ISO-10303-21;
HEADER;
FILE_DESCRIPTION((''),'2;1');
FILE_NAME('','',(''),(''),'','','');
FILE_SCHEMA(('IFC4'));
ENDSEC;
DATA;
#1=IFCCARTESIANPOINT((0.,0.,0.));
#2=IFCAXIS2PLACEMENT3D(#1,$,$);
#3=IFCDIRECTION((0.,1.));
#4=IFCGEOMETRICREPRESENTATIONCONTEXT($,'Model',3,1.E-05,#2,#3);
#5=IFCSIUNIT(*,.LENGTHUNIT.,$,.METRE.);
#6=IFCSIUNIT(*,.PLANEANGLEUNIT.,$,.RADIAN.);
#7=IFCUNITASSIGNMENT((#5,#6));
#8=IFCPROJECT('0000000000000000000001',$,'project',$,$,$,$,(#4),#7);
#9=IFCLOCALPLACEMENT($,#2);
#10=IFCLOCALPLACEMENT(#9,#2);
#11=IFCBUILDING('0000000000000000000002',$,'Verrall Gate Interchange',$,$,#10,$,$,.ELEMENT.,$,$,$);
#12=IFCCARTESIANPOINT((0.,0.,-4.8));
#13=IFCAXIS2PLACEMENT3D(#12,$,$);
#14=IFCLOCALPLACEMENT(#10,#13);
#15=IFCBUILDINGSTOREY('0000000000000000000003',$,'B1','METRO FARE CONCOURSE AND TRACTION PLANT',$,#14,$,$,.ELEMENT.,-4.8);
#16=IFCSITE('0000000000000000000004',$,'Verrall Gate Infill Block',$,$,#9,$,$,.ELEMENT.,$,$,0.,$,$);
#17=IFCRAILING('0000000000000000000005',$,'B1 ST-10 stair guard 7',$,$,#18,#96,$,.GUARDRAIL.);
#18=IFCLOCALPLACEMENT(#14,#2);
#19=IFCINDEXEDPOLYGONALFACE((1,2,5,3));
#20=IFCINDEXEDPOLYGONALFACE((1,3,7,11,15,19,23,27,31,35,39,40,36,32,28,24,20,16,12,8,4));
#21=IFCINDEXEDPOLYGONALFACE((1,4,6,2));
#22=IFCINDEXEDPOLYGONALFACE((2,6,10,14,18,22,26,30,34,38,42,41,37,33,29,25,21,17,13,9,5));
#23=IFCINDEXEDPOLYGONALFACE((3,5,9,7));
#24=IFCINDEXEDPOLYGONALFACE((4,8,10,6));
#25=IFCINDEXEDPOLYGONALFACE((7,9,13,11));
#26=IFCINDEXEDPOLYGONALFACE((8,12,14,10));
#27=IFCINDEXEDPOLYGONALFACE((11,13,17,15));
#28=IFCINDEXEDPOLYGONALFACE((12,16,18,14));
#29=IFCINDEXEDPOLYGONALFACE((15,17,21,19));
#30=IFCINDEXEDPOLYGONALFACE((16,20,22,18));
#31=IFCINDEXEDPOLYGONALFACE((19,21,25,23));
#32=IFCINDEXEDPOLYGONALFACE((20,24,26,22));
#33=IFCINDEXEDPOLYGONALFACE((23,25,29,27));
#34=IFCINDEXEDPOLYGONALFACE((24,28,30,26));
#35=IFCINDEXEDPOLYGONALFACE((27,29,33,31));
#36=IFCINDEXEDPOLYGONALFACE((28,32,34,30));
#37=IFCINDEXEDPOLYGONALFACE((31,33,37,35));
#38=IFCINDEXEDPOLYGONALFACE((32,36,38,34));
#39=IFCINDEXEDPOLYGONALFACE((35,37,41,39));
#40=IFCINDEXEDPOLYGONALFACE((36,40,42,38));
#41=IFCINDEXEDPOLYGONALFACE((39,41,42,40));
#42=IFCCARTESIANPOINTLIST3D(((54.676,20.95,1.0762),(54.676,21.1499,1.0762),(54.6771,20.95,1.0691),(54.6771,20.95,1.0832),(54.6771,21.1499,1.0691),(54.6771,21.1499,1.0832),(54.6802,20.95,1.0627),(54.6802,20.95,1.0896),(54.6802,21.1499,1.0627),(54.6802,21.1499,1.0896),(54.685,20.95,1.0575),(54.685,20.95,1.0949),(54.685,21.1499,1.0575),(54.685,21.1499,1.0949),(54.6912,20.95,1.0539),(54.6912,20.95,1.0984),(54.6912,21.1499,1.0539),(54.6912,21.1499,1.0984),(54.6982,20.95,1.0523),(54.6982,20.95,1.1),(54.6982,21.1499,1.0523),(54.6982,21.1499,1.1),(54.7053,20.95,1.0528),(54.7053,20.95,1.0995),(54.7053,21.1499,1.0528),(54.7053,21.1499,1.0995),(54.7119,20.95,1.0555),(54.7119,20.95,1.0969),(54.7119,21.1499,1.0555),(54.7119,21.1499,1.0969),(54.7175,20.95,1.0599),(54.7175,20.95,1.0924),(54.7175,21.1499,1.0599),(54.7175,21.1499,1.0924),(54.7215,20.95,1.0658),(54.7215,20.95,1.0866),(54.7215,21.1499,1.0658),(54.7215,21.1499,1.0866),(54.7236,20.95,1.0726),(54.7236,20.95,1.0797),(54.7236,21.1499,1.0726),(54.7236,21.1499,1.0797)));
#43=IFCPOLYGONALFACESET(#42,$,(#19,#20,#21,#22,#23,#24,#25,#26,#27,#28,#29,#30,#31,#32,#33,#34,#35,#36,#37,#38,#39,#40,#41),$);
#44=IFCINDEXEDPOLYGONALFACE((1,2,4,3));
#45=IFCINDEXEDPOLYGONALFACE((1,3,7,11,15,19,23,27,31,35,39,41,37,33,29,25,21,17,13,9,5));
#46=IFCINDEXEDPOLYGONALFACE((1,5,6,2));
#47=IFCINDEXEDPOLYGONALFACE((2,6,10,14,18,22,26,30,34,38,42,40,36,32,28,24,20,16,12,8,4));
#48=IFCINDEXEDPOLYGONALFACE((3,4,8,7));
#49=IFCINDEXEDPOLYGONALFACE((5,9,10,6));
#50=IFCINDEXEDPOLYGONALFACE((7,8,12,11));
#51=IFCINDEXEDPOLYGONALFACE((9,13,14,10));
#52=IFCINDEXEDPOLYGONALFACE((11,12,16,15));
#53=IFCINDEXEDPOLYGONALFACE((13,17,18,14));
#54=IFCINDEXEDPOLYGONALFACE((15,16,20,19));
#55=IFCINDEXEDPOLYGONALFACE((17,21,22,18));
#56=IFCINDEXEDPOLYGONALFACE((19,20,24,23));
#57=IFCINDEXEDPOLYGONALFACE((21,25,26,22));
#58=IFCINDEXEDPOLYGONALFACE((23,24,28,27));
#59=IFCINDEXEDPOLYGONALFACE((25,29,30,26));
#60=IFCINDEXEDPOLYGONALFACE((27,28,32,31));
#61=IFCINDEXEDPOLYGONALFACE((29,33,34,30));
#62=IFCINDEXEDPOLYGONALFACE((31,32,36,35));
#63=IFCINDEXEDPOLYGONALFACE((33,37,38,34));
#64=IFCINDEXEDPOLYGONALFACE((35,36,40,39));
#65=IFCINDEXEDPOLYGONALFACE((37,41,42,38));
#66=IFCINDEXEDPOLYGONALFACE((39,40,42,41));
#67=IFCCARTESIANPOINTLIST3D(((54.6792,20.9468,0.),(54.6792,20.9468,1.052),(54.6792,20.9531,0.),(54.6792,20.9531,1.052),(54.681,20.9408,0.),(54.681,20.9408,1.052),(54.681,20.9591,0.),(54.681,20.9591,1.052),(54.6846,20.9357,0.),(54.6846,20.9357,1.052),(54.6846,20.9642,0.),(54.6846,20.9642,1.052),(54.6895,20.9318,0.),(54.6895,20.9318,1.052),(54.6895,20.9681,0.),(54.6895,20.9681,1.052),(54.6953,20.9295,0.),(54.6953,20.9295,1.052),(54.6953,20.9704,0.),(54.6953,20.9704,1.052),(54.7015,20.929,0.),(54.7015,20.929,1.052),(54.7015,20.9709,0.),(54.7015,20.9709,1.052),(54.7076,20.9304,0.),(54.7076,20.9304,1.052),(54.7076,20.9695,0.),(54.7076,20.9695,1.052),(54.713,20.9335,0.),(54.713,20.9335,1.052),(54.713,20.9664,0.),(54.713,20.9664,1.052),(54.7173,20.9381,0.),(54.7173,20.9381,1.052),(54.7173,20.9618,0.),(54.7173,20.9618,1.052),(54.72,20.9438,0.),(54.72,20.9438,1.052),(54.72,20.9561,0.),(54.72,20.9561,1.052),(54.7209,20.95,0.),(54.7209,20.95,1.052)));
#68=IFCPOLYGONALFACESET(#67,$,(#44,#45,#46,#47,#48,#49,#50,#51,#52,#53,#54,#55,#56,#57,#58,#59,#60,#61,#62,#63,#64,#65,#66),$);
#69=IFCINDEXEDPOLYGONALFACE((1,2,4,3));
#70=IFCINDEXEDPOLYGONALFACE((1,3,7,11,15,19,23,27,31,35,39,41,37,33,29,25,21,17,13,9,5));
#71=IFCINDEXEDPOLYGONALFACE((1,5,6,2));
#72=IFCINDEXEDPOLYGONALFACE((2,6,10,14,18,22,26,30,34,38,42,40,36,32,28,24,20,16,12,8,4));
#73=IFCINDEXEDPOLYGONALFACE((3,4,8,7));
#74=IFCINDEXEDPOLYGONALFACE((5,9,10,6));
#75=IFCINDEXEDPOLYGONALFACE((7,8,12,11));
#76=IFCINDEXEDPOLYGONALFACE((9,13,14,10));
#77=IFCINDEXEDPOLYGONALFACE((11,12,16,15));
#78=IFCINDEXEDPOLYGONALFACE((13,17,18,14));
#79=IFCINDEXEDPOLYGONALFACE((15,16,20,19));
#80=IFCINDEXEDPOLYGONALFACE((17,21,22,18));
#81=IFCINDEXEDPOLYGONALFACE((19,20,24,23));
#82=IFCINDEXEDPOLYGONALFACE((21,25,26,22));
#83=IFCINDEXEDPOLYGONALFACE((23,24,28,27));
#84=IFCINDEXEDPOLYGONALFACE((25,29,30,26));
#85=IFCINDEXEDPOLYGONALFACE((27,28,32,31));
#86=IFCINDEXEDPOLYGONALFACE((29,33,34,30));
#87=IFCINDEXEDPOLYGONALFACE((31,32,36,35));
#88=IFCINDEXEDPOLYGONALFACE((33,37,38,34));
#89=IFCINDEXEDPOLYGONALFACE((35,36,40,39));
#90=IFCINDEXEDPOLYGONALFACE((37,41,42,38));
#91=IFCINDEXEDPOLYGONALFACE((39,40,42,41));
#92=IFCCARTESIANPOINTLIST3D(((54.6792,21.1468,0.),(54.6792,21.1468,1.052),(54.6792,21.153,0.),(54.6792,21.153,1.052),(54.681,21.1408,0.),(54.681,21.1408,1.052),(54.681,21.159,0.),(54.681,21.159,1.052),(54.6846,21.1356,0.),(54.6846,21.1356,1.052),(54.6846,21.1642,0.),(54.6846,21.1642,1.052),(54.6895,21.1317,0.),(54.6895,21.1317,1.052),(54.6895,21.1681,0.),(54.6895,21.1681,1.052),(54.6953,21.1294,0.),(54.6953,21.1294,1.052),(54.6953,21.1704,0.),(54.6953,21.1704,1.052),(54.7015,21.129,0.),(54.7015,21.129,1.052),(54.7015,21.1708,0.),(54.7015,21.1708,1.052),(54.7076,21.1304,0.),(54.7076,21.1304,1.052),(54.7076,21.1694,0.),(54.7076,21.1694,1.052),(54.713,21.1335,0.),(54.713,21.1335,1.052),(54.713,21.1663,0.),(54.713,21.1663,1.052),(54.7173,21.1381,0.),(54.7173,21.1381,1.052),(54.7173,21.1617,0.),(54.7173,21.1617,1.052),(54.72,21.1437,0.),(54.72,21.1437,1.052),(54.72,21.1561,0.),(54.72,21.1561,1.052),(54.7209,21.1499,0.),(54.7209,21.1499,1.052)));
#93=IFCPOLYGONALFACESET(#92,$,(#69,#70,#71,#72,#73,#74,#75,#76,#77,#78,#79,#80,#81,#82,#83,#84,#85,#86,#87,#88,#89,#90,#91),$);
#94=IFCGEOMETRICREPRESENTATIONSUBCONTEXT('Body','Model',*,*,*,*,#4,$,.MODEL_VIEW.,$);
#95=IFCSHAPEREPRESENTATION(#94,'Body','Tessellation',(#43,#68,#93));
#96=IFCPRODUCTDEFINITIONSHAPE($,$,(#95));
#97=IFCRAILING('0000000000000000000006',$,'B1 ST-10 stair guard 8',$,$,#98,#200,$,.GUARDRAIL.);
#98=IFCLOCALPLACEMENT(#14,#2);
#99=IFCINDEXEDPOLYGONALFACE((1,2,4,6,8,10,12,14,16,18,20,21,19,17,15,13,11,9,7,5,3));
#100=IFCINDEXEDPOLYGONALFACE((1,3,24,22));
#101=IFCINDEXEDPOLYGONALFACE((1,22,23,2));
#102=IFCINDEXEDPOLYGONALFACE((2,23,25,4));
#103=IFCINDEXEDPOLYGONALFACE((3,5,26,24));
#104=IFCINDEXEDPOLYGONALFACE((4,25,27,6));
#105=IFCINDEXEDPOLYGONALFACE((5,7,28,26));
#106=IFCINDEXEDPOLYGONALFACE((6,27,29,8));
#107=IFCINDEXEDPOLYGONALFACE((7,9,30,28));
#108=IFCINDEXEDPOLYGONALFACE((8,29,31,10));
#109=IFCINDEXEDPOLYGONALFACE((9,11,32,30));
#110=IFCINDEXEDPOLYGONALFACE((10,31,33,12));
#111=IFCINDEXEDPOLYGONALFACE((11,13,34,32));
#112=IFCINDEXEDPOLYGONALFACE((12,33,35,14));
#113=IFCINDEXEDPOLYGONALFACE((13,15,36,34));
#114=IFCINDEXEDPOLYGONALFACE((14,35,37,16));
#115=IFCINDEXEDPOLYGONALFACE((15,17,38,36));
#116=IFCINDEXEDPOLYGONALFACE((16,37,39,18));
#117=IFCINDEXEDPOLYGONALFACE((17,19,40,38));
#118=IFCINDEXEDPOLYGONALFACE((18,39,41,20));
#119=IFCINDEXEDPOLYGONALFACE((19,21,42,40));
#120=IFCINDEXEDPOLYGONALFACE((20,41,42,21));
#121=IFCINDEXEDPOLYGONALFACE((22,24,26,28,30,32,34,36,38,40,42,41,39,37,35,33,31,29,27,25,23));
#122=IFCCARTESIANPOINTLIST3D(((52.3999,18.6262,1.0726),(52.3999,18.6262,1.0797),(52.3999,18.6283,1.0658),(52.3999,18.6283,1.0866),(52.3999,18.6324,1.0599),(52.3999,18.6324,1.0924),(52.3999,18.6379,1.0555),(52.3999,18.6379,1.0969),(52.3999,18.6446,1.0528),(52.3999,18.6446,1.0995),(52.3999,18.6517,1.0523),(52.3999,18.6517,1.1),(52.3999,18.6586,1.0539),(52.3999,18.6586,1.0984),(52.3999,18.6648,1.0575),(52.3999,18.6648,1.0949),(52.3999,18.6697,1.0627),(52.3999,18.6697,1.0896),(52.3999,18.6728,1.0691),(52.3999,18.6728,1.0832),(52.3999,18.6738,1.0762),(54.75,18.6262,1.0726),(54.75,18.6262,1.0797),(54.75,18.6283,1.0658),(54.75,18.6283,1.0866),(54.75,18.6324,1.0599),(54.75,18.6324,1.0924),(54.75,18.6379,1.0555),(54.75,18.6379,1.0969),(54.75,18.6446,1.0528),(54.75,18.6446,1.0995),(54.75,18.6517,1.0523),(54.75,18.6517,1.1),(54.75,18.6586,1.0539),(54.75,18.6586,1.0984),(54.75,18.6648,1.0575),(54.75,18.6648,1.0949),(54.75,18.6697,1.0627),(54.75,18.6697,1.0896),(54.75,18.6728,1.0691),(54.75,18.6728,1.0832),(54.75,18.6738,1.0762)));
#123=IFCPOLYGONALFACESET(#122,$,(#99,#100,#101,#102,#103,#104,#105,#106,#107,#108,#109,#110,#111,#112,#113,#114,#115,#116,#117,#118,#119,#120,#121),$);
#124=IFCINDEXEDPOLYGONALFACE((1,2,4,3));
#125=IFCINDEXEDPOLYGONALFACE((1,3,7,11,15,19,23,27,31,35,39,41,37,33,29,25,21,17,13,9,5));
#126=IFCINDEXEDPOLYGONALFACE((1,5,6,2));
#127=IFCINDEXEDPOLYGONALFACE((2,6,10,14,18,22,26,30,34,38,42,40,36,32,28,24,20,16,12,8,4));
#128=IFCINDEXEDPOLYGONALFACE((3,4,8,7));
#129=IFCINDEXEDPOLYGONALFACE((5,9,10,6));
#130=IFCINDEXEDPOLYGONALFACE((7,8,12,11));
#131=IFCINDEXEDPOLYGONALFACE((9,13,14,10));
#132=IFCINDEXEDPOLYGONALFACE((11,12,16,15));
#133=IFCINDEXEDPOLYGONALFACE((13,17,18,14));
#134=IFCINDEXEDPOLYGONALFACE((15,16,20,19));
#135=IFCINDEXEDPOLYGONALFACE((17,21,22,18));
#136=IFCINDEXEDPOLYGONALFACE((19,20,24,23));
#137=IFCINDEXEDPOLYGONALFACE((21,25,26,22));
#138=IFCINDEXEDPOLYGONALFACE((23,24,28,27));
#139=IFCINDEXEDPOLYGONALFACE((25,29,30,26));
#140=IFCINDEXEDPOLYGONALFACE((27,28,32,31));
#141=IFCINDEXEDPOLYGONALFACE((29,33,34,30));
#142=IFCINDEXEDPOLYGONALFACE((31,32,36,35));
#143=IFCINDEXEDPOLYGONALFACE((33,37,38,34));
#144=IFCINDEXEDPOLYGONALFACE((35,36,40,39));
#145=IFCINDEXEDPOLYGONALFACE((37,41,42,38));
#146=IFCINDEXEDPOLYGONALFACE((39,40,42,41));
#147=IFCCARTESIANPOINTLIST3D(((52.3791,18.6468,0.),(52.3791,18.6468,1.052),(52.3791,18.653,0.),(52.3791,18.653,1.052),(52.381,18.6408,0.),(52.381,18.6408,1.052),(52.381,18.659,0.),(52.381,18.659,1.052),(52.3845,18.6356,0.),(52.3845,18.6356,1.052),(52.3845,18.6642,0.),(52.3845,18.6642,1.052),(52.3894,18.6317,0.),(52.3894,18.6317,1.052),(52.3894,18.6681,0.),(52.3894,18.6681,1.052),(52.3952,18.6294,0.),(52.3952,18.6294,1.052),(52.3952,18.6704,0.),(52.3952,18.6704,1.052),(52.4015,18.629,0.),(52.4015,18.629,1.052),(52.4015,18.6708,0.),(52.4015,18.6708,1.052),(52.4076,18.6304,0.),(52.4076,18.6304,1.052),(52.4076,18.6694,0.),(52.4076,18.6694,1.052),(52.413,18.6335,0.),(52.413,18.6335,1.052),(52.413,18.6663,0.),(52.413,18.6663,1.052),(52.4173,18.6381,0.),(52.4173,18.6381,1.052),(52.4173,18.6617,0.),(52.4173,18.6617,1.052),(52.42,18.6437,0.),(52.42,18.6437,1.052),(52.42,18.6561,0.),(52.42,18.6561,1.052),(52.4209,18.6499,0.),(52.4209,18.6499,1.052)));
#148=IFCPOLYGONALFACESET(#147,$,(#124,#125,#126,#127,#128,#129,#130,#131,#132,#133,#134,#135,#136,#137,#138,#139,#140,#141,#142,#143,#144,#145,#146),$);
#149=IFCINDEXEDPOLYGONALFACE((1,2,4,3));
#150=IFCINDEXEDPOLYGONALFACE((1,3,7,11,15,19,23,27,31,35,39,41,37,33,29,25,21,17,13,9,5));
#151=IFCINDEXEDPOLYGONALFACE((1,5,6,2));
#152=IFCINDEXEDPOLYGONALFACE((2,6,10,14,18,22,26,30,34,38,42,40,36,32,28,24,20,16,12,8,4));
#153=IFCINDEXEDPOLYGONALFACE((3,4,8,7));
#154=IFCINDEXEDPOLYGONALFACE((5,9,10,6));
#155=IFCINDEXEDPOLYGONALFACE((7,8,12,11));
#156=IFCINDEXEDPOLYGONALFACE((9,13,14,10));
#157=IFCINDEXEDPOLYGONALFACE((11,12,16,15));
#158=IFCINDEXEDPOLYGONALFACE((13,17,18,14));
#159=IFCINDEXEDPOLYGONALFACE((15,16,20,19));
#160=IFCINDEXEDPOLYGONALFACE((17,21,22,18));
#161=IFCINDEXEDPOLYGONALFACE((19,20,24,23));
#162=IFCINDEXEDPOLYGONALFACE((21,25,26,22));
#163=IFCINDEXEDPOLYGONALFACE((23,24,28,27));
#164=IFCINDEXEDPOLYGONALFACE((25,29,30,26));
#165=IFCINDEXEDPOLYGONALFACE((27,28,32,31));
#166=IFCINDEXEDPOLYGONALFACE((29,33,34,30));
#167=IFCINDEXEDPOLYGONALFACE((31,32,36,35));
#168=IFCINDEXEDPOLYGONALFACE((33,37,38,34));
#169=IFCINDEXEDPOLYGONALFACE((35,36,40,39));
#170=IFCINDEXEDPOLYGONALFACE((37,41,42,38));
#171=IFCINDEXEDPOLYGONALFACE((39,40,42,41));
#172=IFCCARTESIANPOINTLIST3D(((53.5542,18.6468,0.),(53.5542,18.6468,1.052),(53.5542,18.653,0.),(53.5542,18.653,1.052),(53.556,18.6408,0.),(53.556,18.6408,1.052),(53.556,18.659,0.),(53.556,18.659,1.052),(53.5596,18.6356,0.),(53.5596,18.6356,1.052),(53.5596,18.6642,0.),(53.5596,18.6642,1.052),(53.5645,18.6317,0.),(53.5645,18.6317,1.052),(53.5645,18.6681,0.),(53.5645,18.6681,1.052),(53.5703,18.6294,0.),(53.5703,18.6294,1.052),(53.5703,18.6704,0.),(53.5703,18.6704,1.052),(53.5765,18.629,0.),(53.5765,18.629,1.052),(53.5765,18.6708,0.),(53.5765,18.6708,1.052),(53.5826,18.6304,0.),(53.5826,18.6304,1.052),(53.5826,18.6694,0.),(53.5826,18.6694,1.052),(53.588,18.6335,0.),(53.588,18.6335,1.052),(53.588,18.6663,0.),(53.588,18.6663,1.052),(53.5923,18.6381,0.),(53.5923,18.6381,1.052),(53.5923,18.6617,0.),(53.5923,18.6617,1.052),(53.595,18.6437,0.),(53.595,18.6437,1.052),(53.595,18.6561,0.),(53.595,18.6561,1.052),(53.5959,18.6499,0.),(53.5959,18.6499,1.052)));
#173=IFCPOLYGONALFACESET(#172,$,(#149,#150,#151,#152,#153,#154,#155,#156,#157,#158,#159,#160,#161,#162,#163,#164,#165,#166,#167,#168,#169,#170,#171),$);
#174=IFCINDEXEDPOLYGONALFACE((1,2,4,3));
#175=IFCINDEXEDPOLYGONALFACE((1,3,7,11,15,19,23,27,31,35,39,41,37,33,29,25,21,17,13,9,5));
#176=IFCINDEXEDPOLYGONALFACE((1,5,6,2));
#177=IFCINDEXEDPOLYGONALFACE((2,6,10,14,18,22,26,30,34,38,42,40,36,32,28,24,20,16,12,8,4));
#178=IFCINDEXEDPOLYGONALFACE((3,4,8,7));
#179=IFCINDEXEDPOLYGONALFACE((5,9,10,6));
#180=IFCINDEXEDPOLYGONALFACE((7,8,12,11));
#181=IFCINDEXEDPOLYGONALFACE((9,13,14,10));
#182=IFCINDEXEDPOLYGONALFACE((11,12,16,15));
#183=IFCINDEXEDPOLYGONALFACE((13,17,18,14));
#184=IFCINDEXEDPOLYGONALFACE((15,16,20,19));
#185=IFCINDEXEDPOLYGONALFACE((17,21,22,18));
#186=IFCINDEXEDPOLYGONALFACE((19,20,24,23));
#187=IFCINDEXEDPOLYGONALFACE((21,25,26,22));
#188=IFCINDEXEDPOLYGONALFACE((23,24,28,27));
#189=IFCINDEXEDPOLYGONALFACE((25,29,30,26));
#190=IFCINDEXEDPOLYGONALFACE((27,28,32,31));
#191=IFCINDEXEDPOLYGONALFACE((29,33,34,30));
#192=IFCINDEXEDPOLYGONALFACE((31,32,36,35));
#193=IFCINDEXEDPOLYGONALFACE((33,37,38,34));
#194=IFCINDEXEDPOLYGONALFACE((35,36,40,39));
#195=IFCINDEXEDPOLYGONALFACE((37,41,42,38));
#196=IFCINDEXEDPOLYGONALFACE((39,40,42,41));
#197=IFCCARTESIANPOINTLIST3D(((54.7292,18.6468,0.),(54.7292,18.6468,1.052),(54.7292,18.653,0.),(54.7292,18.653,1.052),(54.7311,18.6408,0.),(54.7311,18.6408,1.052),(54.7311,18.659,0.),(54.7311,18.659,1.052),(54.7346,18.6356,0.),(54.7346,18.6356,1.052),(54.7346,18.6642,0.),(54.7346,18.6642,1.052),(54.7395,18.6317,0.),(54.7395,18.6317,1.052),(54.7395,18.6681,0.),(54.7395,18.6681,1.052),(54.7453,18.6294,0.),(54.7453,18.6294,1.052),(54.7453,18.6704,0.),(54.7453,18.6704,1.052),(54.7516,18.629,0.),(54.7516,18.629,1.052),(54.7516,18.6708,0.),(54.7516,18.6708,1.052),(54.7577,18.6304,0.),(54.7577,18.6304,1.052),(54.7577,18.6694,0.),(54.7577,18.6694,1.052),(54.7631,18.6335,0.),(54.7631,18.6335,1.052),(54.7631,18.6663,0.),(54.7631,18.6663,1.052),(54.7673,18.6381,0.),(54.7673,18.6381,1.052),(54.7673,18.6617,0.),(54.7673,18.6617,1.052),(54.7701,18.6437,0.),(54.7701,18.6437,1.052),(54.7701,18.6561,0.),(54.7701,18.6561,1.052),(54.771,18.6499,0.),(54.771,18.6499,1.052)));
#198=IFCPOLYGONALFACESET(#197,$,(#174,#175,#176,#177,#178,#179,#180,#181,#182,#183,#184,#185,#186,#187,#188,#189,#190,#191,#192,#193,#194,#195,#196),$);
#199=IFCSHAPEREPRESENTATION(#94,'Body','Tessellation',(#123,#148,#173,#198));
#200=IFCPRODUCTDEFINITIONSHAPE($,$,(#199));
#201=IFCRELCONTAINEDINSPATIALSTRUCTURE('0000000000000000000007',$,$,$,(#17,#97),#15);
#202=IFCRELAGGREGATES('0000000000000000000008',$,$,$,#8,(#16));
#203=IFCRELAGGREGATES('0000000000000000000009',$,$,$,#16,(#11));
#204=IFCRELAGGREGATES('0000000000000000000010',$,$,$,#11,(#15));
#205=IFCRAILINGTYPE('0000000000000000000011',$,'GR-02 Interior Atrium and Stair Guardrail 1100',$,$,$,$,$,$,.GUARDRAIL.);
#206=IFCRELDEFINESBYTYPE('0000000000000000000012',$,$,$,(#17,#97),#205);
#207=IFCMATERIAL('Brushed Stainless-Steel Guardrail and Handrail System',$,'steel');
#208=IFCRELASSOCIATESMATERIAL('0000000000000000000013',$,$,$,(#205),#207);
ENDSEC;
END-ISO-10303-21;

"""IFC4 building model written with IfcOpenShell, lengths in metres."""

from ifc_helpers import new_model, si_unit, direction, frame, origin, origin_2d, place, context, subcontext, project, spatial, circle, extrude, material, type_object, element, save


model = new_model("IFC4")

# Units and contexts
model_context = context("Model", 3, precision=1e-05, world=origin(), true_north=direction((0.0, 1.0)))
body_context = subcontext(model_context, "Body", "Model", "MODEL_VIEW")
ifc_project = project(units=[si_unit("LENGTHUNIT", "METRE"), si_unit("PLANEANGLEUNIT", "RADIAN")], contexts=[model_context])

# Site, building, storey
site_placement = place(None, origin())
site = spatial("IfcSite", under=ifc_project, at=site_placement, Name="Verrall Gate Infill Block", CompositionType="ELEMENT", RefElevation=0.0)
building_placement = place(site_placement, origin())
building = spatial("IfcBuilding", under=site, at=building_placement, Name="Verrall Gate Interchange", CompositionType="ELEMENT")
storey_placement = place(building_placement, frame((0.0, 0.0, -4.8)))
storey = spatial("IfcBuildingStorey", under=building, at=storey_placement, Name="B1", Description="METRO FARE CONCOURSE AND TRACTION PLANT", CompositionType="ELEMENT", Elevation=-4.8)

# Railings
ifc_material_1 = material(Name="Brushed Stainless-Steel Guardrail and Handrail System", Category="steel")
railing_type_1 = type_object("IfcRailingType", Name="GR-02 Interior Atrium and Stair Guardrail 1100", PredefinedType="GUARDRAIL", material=ifc_material_1)
railing_1_placement = place(storey_placement, frame((54.7, 20.95, 0.0)))
element("IfcRailing", 1, at=railing_1_placement, inside=storey, type_object=railing_type_1, Name="B1 ST-10 stair guard 7", PredefinedType="GUARDRAIL", context=body_context, shape_type="SweptSolid", body=[
    extrude(circle(Radius=0.0239, at=origin_2d()), frame((0.0, 0.0, 1.0762), z_axis=(0.0, 1.0, 0.0), x_axis=(-1.0, 0.0, 0.0)), (0.0, 0.0, 1.0), 0.2),
    extrude(circle(Radius=0.021, at=origin_2d()), origin(), (0.0, 0.0, 1.0), 1.052),
    extrude(circle(Radius=0.021, at=origin_2d()), frame((0.0, 0.2, 0.0)), (0.0, 0.0, 1.0), 1.052),
])
for number, where, name in (
    (2, (52.3999, 18.6499, 0.0), "B1 ST-10 stair guard 8"),
):
    element("IfcRailing", number, at=place(storey_placement, frame(where)), inside=storey, type_object=railing_type_1, Name=name, PredefinedType="GUARDRAIL", context=body_context, shape_type="SweptSolid", body=[
        extrude(circle(Radius=0.0239, at=origin_2d()), frame((0.0, 0.0, 1.0762), z_axis=(1.0, 0.0, 0.0), x_axis=(0.0, 1.0, 0.0)), (0.0, 0.0, 1.0), 2.3501),
        extrude(circle(Radius=0.021, at=origin_2d()), origin(), (0.0, 0.0, 1.0), 1.052),
        extrude(circle(Radius=0.021, at=origin_2d()), frame((1.175, 0.0, 0.0)), (0.0, 0.0, 1.0), 1.052),
        extrude(circle(Radius=0.021, at=origin_2d()), frame((2.3501, 0.0, 0.0)), (0.0, 0.0, 1.0), 1.052),
    ])

save(model, "model.ifc")
